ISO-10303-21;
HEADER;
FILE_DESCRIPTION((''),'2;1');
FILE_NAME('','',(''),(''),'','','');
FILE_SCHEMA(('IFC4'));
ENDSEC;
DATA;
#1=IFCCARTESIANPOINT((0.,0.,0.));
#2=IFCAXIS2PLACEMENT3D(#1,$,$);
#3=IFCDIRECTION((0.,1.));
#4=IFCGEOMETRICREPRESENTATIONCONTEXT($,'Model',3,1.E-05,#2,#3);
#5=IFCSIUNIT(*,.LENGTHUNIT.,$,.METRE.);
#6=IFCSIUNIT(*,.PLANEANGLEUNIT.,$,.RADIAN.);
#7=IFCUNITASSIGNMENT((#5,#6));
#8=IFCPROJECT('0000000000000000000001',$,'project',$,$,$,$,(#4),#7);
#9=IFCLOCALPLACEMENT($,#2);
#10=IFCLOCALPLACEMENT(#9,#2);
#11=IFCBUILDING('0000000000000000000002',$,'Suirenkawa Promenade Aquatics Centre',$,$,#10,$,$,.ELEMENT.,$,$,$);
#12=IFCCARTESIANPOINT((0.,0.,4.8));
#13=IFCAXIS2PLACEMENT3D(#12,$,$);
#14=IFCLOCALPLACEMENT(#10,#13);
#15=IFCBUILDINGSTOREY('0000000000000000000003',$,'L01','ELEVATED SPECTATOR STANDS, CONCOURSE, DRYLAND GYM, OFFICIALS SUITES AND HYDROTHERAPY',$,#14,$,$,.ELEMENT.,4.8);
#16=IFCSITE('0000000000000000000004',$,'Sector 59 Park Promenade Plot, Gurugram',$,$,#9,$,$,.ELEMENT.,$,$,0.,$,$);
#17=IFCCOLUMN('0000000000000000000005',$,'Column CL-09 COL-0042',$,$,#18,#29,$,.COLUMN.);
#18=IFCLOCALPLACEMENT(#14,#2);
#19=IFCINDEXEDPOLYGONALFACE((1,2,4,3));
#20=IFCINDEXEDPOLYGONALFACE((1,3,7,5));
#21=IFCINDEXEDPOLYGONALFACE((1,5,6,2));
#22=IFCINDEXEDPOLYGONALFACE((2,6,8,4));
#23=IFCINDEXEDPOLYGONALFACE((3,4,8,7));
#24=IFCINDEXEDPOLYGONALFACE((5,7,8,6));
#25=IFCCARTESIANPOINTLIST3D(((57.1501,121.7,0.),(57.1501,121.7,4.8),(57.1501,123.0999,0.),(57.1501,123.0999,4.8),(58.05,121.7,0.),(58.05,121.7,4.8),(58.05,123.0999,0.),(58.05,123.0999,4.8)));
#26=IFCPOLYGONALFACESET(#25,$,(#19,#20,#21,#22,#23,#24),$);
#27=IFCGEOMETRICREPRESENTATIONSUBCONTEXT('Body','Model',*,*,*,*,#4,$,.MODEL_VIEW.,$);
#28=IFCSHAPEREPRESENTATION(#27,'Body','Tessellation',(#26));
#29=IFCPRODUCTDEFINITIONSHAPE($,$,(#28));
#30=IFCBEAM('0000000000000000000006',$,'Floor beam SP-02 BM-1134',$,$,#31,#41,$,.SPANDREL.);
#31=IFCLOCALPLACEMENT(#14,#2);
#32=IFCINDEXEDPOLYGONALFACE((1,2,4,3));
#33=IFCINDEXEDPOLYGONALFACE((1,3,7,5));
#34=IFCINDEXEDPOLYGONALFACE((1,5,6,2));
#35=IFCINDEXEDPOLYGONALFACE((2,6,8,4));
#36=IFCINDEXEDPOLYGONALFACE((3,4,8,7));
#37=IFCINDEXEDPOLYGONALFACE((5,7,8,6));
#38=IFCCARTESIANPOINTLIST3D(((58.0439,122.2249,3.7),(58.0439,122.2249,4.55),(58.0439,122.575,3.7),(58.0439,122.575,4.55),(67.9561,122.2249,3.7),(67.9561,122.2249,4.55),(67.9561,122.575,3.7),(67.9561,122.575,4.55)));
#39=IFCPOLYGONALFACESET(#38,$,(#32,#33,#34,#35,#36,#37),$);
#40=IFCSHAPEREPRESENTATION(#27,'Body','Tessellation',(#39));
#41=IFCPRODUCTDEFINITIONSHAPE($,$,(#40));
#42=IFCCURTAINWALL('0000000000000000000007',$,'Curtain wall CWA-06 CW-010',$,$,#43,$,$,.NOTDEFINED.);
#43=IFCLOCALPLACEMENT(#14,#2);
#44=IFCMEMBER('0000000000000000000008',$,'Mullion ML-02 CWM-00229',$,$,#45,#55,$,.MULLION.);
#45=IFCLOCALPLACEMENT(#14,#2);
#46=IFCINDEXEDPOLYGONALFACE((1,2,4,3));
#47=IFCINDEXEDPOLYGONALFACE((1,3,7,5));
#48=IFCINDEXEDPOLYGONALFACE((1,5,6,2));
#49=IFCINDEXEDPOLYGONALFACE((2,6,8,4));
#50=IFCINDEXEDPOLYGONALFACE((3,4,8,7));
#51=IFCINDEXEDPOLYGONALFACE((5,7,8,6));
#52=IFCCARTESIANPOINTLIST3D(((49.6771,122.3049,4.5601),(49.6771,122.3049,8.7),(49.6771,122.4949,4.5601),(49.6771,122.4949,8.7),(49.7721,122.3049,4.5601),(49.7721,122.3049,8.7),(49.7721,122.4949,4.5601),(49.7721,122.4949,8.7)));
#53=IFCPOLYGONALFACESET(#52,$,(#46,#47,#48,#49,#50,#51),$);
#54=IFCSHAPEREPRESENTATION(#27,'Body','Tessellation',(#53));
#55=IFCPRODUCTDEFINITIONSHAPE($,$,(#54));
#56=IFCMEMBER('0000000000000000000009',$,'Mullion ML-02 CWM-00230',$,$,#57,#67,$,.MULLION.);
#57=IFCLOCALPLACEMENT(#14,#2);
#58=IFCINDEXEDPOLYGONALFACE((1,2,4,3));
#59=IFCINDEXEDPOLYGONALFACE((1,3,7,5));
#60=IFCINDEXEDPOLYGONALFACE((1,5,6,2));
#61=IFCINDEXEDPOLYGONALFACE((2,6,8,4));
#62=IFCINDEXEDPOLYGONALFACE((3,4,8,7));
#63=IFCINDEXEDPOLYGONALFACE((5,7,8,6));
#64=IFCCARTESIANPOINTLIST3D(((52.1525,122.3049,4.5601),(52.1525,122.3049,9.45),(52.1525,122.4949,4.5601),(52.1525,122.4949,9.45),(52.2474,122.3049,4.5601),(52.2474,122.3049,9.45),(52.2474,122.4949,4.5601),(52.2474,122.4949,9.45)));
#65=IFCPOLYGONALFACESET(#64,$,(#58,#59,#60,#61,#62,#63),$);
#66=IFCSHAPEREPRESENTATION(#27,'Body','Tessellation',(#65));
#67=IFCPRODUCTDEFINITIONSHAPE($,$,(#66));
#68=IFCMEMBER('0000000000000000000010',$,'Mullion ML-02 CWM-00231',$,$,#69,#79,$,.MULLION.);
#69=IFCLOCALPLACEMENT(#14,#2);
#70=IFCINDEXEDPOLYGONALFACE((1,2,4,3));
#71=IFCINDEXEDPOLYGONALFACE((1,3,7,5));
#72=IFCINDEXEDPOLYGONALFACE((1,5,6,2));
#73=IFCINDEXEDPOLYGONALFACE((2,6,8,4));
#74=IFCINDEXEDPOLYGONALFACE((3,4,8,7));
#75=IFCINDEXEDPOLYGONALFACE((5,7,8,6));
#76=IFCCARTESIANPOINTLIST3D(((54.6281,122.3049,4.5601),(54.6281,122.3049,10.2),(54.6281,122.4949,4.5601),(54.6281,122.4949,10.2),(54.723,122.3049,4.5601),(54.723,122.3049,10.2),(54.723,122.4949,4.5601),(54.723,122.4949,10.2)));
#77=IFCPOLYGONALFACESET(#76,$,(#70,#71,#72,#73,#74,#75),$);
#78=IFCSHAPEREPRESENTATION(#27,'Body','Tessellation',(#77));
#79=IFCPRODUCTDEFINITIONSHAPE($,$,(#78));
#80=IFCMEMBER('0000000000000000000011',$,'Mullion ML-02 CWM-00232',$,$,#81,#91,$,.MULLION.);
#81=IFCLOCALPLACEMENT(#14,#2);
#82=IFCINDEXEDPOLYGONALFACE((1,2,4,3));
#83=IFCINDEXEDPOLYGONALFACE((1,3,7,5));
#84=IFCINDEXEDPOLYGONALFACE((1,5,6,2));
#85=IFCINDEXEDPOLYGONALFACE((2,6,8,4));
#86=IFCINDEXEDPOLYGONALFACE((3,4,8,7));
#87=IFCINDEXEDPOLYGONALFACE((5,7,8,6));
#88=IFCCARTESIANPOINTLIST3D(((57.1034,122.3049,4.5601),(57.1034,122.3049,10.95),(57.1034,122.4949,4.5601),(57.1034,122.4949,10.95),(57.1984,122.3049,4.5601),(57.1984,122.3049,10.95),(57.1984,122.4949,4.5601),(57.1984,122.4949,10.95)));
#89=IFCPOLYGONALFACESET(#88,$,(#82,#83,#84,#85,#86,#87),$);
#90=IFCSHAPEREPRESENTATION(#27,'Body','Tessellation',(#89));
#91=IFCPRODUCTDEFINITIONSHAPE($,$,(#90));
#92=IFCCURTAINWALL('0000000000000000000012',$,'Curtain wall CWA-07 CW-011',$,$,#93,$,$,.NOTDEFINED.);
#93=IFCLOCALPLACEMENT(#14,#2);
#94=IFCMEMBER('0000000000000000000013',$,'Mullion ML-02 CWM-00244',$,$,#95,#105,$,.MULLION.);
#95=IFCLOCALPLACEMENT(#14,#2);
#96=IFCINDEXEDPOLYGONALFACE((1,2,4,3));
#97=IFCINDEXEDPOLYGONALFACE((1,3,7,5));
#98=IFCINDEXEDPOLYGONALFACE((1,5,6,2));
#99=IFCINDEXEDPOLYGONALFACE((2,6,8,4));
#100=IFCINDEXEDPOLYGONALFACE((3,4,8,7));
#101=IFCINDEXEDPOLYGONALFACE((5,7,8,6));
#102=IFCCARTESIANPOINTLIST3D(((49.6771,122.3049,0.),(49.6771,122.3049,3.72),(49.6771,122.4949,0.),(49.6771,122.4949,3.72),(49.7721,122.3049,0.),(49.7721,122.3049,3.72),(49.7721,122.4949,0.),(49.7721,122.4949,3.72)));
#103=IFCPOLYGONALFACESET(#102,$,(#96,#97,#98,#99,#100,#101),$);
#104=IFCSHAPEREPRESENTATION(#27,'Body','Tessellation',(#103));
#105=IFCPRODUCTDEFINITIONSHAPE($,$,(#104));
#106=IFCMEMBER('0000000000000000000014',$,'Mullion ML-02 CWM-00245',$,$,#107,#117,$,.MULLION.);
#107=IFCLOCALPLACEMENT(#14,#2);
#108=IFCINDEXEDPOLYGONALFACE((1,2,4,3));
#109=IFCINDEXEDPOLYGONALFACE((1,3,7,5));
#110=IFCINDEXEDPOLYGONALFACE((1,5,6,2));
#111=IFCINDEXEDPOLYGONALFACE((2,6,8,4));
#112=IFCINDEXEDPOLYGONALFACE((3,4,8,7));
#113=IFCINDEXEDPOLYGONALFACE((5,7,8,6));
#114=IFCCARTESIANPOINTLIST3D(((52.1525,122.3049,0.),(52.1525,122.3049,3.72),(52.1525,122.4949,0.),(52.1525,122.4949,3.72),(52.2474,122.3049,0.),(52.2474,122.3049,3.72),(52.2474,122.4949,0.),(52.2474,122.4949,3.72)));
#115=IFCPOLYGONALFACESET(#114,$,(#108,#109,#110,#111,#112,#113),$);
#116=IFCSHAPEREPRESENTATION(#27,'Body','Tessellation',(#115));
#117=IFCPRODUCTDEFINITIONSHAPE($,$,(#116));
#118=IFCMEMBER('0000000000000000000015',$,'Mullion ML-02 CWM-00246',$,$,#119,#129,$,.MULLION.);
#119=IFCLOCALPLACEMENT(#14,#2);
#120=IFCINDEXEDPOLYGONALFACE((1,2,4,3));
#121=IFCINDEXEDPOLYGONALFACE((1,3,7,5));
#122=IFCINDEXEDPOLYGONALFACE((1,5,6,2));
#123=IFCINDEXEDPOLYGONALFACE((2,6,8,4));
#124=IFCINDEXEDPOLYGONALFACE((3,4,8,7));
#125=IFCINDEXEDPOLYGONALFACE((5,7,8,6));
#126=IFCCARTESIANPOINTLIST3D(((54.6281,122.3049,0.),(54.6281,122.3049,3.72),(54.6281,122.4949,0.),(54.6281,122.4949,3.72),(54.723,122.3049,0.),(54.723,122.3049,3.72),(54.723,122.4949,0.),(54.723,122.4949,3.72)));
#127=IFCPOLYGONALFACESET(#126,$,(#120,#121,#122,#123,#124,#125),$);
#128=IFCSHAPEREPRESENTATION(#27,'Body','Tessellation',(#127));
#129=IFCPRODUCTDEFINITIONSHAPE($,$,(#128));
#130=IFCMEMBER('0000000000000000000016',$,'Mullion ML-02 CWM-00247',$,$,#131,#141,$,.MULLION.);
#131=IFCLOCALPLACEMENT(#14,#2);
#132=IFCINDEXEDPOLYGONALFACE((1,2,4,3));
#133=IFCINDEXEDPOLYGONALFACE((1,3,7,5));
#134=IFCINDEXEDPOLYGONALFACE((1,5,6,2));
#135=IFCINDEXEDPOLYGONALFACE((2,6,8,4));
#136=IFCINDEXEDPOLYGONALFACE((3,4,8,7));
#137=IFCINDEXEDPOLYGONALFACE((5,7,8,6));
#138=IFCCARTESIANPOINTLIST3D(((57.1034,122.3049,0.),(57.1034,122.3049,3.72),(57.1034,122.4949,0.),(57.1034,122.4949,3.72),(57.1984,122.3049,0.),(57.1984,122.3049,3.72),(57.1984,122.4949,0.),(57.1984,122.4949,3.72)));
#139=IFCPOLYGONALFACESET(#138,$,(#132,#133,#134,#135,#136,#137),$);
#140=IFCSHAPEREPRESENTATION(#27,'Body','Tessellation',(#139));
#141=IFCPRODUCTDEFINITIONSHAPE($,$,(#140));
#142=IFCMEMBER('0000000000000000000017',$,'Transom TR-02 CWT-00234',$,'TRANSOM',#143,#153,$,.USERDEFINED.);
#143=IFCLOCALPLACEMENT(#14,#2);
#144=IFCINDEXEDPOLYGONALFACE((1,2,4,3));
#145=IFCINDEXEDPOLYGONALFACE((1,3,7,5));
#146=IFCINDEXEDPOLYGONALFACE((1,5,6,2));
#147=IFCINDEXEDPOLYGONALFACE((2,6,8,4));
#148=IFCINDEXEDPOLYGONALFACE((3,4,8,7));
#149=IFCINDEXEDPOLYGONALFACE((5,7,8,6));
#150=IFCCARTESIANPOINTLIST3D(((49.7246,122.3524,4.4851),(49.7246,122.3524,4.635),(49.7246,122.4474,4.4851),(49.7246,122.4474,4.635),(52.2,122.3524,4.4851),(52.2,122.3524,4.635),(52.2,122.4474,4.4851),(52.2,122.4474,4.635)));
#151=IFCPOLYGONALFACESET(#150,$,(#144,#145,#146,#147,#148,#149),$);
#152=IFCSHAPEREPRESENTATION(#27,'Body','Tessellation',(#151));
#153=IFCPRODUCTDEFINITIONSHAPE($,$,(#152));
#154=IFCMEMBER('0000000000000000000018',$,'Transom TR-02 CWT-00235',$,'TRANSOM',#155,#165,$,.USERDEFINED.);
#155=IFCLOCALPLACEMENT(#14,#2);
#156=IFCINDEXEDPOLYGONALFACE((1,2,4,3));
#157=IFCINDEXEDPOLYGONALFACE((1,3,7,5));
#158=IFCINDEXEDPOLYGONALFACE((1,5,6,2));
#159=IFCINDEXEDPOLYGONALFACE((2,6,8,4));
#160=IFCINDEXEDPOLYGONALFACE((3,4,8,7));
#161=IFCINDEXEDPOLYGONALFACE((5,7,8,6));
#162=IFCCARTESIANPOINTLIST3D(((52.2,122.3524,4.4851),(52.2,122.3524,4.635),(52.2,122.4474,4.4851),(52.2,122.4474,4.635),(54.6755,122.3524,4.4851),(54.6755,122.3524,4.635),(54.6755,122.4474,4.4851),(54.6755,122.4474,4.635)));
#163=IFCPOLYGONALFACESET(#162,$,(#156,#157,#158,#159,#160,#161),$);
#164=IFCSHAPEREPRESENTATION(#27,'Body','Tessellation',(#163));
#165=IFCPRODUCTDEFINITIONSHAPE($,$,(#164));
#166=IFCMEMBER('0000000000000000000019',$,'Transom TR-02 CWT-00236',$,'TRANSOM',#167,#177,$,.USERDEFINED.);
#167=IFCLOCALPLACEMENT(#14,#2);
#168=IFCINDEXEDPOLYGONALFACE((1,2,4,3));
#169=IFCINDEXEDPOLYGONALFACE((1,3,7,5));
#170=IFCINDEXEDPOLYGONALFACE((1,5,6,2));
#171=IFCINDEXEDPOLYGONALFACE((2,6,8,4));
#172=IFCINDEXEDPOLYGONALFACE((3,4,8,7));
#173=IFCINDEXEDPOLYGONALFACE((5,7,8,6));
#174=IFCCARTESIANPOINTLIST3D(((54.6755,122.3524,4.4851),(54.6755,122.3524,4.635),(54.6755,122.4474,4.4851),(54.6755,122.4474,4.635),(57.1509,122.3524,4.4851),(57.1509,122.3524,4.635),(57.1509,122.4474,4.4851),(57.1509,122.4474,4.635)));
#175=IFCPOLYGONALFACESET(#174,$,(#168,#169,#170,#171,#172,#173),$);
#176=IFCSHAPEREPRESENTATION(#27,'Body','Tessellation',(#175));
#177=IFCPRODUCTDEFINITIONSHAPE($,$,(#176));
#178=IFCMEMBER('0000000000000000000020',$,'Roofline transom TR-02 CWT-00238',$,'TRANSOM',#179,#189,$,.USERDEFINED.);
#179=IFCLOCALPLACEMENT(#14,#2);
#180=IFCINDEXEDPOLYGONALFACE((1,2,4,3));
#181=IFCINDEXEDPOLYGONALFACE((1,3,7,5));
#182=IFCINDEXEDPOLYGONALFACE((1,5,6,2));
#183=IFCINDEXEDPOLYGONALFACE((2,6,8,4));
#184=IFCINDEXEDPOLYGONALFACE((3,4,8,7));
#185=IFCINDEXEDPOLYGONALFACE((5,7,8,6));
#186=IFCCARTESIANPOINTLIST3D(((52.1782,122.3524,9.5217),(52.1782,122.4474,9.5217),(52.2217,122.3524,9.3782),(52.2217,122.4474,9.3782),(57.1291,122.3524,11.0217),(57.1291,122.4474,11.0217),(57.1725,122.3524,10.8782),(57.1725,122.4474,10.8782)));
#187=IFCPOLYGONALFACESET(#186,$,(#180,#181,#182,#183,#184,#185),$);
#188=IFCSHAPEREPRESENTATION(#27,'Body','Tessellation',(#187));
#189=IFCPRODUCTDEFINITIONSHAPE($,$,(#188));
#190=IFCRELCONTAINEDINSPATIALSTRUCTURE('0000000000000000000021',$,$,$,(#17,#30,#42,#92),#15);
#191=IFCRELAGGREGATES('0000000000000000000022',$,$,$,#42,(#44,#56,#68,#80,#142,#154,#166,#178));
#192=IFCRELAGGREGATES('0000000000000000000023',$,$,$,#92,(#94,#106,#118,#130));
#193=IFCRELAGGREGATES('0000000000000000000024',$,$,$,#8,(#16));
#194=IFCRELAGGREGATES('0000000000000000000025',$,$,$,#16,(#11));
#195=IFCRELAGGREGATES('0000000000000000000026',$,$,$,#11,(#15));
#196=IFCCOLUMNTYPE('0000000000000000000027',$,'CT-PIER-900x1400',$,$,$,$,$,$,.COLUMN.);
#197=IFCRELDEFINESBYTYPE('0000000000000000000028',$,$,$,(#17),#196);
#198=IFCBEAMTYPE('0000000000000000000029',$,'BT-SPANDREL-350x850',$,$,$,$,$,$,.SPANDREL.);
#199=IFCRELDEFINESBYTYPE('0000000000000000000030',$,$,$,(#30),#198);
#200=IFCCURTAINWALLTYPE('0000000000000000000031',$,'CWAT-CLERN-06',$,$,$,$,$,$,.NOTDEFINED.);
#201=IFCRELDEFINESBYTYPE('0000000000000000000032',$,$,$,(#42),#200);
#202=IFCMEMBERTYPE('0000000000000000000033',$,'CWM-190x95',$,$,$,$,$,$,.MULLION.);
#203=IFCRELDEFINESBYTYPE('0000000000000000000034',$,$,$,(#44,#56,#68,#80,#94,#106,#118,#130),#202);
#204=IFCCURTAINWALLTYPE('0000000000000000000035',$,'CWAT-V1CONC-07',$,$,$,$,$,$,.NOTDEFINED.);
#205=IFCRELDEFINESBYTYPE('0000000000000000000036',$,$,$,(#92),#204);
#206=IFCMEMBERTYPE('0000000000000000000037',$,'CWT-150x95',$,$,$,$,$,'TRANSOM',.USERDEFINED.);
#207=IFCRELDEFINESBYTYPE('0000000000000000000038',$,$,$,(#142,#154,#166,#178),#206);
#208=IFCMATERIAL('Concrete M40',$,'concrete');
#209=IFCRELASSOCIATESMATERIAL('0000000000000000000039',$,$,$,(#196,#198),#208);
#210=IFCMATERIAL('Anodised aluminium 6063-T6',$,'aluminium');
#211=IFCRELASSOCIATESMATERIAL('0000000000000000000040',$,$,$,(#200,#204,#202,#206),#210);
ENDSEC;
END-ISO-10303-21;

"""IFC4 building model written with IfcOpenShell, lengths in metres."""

from ifc_helpers import new_model, si_unit, direction, frame, origin, origin_2d, place, context, subcontext, project, spatial, rectangle, extrude, material, material_profile, profile_set, type_object, element, aggregate, save


model = new_model("IFC4")

# Units and contexts
model_context = context("Model", 3, precision=1e-05, world=origin(), true_north=direction((0.0, 1.0)))
body_context = subcontext(model_context, "Body", "Model", "MODEL_VIEW")
ifc_project = project(units=[si_unit("LENGTHUNIT", "METRE"), si_unit("PLANEANGLEUNIT", "RADIAN")], contexts=[model_context])

# Site, building, storey
site_placement = place(None, origin())
site = spatial("IfcSite", under=ifc_project, at=site_placement, Name="Sector 59 Park Promenade Plot, Gurugram", CompositionType="ELEMENT", RefElevation=0.0)
building_placement = place(site_placement, origin())
building = spatial("IfcBuilding", under=site, at=building_placement, Name="Suirenkawa Promenade Aquatics Centre", CompositionType="ELEMENT")
storey_placement = place(building_placement, frame((0.0, 0.0, 4.8)))
storey = spatial("IfcBuildingStorey", under=building, at=storey_placement, Name="L01", Description="ELEVATED SPECTATOR STANDS, CONCOURSE, DRYLAND GYM, OFFICIALS SUITES AND HYDROTHERAPY", CompositionType="ELEMENT", Elevation=4.8)

# Column
ifc_material_1 = material(Name="Concrete M40", Category="concrete")
ifc_material_profile_1 = material_profile(ifc_material_1, rectangle(XDim=0.8999, YDim=1.3999, at=origin_2d()), Name="RC PIER 900x1400", Category="concrete")
ifc_profile_set_1 = profile_set([ifc_material_profile_1], Name="Concrete M40")
column_type = type_object("IfcColumnType", Name="CT-PIER-900x1400", PredefinedType="COLUMN", material=ifc_profile_set_1)
column_placement = place(storey_placement, frame((57.6001, 122.3999, 0.0), z_axis=(0.0, 0.0, 1.0), x_axis=(1.0, 0.0, 0.0)))
element("IfcColumn", 1, at=column_placement, inside=storey, type_object=column_type, Name="Column CL-09 COL-0042", PredefinedType="COLUMN", context=body_context, shape_type="SweptSolid", body=[
    extrude(rectangle(XDim=0.8999, YDim=1.3999, at=origin_2d()), origin(), (0.0, 0.0, 1.0), 4.8),
])

# Beam
ifc_material_profile_2 = material_profile(ifc_material_1, rectangle(XDim=0.3501, YDim=0.8501, at=origin_2d()), Name="RC SPANDREL 350x850", Category="concrete")
ifc_profile_set_2 = profile_set([ifc_material_profile_2], Name="Concrete M40")
beam_type = type_object("IfcBeamType", Name="BT-SPANDREL-350x850", PredefinedType="SPANDREL", material=ifc_profile_set_2)
beam_placement = place(storey_placement, frame((58.0439, 122.3999, 4.125), z_axis=(1.0, 0.0, 0.0), x_axis=(0.0, 1.0, 0.0)))
element("IfcBeam", 2, at=beam_placement, inside=storey, type_object=beam_type, Name="Floor beam SP-02 BM-1134", PredefinedType="SPANDREL", context=body_context, shape_type="SweptSolid", body=[
    extrude(rectangle(XDim=0.3501, YDim=0.8501, at=origin_2d()), origin(), (0.0, 0.0, 1.0), 9.9121),
])

# Curtain walls, members
ifc_material_2 = material(Name="Anodised aluminium 6063-T6", Category="aluminium")
curtain_wall_type_1 = type_object("IfcCurtainWallType", Name="CWAT-CLERN-06", PredefinedType="NOTDEFINED", material=ifc_material_2)
curtain_wall_1_placement = place(storey_placement, origin())
curtain_wall_1 = element("IfcCurtainWall", 3, at=curtain_wall_1_placement, inside=storey, type_object=curtain_wall_type_1, Name="Curtain wall CWA-06 CW-010", PredefinedType="NOTDEFINED")
ifc_material_profile_3 = material_profile(ifc_material_2, rectangle(XDim=0.095, YDim=0.1899, at=origin_2d()), Name="ALU MULL 95x190", Category="aluminium")
ifc_profile_set_3 = profile_set([ifc_material_profile_3], Name="Anodised aluminium 6063-T6")
member_type_1 = type_object("IfcMemberType", Name="CWM-190x95", PredefinedType="MULLION", material=ifc_profile_set_3)
member_1_placement = place(storey_placement, frame((49.7246, 122.3999, 4.5601), z_axis=(0.0, 0.0, 1.0), x_axis=(1.0, 0.0, 0.0)))
member_1 = element("IfcMember", 4, at=member_1_placement, type_object=member_type_1, Name="Mullion ML-02 CWM-00229", PredefinedType="MULLION", context=body_context, shape_type="SweptSolid", body=[
    extrude(rectangle(XDim=0.095, YDim=0.1899, at=origin_2d()), origin(), (0.0, 0.0, 1.0), 4.1399),
])
member_2_placement = place(storey_placement, frame((52.2, 122.3999, 4.5601), z_axis=(0.0, 0.0, 1.0), x_axis=(1.0, 0.0, 0.0)))
member_2 = element("IfcMember", 5, at=member_2_placement, type_object=member_type_1, Name="Mullion ML-02 CWM-00230", PredefinedType="MULLION", context=body_context, shape_type="SweptSolid", body=[
    extrude(rectangle(XDim=0.095, YDim=0.1899, at=origin_2d()), origin(), (0.0, 0.0, 1.0), 4.8899),
])
member_3_placement = place(storey_placement, frame((54.6755, 122.3999, 4.5601), z_axis=(0.0, 0.0, 1.0), x_axis=(1.0, 0.0, 0.0)))
member_3 = element("IfcMember", 6, at=member_3_placement, type_object=member_type_1, Name="Mullion ML-02 CWM-00231", PredefinedType="MULLION", context=body_context, shape_type="SweptSolid", body=[
    extrude(rectangle(XDim=0.095, YDim=0.1899, at=origin_2d()), origin(), (0.0, 0.0, 1.0), 5.6399),
])
member_4_placement = place(storey_placement, frame((57.1509, 122.3999, 4.5601), z_axis=(0.0, 0.0, 1.0), x_axis=(1.0, 0.0, 0.0)))
member_4 = element("IfcMember", 7, at=member_4_placement, type_object=member_type_1, Name="Mullion ML-02 CWM-00232", PredefinedType="MULLION", context=body_context, shape_type="SweptSolid", body=[
    extrude(rectangle(XDim=0.095, YDim=0.1899, at=origin_2d()), origin(), (0.0, 0.0, 1.0), 6.3899),
])
curtain_wall_type_2 = type_object("IfcCurtainWallType", Name="CWAT-V1CONC-07", PredefinedType="NOTDEFINED", material=ifc_material_2)
curtain_wall_2_placement = place(storey_placement, origin())
curtain_wall_2 = element("IfcCurtainWall", 8, at=curtain_wall_2_placement, inside=storey, type_object=curtain_wall_type_2, Name="Curtain wall CWA-07 CW-011", PredefinedType="NOTDEFINED")
member_5_placement = place(storey_placement, frame((49.7246, 122.3999, 0.0), z_axis=(0.0, 0.0, 1.0), x_axis=(1.0, 0.0, 0.0)))
member_5 = element("IfcMember", 9, at=member_5_placement, type_object=member_type_1, Name="Mullion ML-02 CWM-00244", PredefinedType="MULLION", context=body_context, shape_type="SweptSolid", body=[
    extrude(rectangle(XDim=0.095, YDim=0.1899, at=origin_2d()), origin(), (0.0, 0.0, 1.0), 3.72),
])
member_6_placement = place(storey_placement, frame((52.2, 122.3999, 0.0), z_axis=(0.0, 0.0, 1.0), x_axis=(1.0, 0.0, 0.0)))
member_6 = element("IfcMember", 10, at=member_6_placement, type_object=member_type_1, Name="Mullion ML-02 CWM-00245", PredefinedType="MULLION", context=body_context, shape_type="SweptSolid", body=[
    extrude(rectangle(XDim=0.095, YDim=0.1899, at=origin_2d()), origin(), (0.0, 0.0, 1.0), 3.72),
])
member_7_placement = place(storey_placement, frame((54.6755, 122.3999, 0.0), z_axis=(0.0, 0.0, 1.0), x_axis=(1.0, 0.0, 0.0)))
member_7 = element("IfcMember", 11, at=member_7_placement, type_object=member_type_1, Name="Mullion ML-02 CWM-00246", PredefinedType="MULLION", context=body_context, shape_type="SweptSolid", body=[
    extrude(rectangle(XDim=0.095, YDim=0.1899, at=origin_2d()), origin(), (0.0, 0.0, 1.0), 3.72),
])
member_8_placement = place(storey_placement, frame((57.1509, 122.3999, 0.0), z_axis=(0.0, 0.0, 1.0), x_axis=(1.0, 0.0, 0.0)))
member_8 = element("IfcMember", 12, at=member_8_placement, type_object=member_type_1, Name="Mullion ML-02 CWM-00247", PredefinedType="MULLION", context=body_context, shape_type="SweptSolid", body=[
    extrude(rectangle(XDim=0.095, YDim=0.1899, at=origin_2d()), origin(), (0.0, 0.0, 1.0), 3.72),
])

# Members
ifc_material_profile_4 = material_profile(ifc_material_2, rectangle(XDim=0.095, YDim=0.1499, at=origin_2d()), Name="ALU TRAN 95x150", Category="aluminium")
ifc_profile_set_4 = profile_set([ifc_material_profile_4], Name="Anodised aluminium 6063-T6")
member_type_2 = type_object("IfcMemberType", Name="CWT-150x95", ElementType="TRANSOM", PredefinedType="USERDEFINED", material=ifc_profile_set_4)
member_9_placement = place(storey_placement, frame((49.7246, 122.3999, 4.5601), z_axis=(1.0, 0.0, 0.0), x_axis=(0.0, 1.0, 0.0)))
member_9 = element("IfcMember", 13, at=member_9_placement, type_object=member_type_2, Name="Transom TR-02 CWT-00234", ObjectType="TRANSOM", PredefinedType="USERDEFINED", context=body_context, shape_type="SweptSolid", body=[
    extrude(rectangle(XDim=0.095, YDim=0.1499, at=origin_2d()), origin(), (0.0, 0.0, 1.0), 2.4753),
])
member_10_placement = place(storey_placement, frame((52.2, 122.3999, 4.5601), z_axis=(1.0, 0.0, 0.0), x_axis=(0.0, 1.0, 0.0)))
member_10 = element("IfcMember", 14, at=member_10_placement, type_object=member_type_2, Name="Transom TR-02 CWT-00235", ObjectType="TRANSOM", PredefinedType="USERDEFINED", context=body_context, shape_type="SweptSolid", body=[
    extrude(rectangle(XDim=0.095, YDim=0.1499, at=origin_2d()), origin(), (0.0, 0.0, 1.0), 2.4756),
])
member_11_placement = place(storey_placement, frame((54.6755, 122.3999, 4.5601), z_axis=(1.0, 0.0, 0.0), x_axis=(0.0, 1.0, 0.0)))
member_11 = element("IfcMember", 15, at=member_11_placement, type_object=member_type_2, Name="Transom TR-02 CWT-00236", ObjectType="TRANSOM", PredefinedType="USERDEFINED", context=body_context, shape_type="SweptSolid", body=[
    extrude(rectangle(XDim=0.095, YDim=0.1499, at=origin_2d()), origin(), (0.0, 0.0, 1.0), 2.4753),
])
member_12_placement = place(storey_placement, frame((52.2, 122.3999, 9.45), z_axis=(0.957039, 0.0, 0.289958), x_axis=(0.0, 1.0, 0.0)))
member_12 = element("IfcMember", 16, at=member_12_placement, type_object=member_type_2, Name="Roofline transom TR-02 CWT-00238", ObjectType="TRANSOM", PredefinedType="USERDEFINED", context=body_context, shape_type="SweptSolid", body=[
    extrude(rectangle(XDim=0.095, YDim=0.1499, at=origin_2d()), origin(), (0.0, 0.0, 1.0), 5.1731),
])

aggregate(curtain_wall_1, [member_1, member_2, member_3, member_4, member_9, member_10, member_11, member_12])
aggregate(curtain_wall_2, [member_5, member_6, member_7, member_8])

save(model, "model.ifc")
